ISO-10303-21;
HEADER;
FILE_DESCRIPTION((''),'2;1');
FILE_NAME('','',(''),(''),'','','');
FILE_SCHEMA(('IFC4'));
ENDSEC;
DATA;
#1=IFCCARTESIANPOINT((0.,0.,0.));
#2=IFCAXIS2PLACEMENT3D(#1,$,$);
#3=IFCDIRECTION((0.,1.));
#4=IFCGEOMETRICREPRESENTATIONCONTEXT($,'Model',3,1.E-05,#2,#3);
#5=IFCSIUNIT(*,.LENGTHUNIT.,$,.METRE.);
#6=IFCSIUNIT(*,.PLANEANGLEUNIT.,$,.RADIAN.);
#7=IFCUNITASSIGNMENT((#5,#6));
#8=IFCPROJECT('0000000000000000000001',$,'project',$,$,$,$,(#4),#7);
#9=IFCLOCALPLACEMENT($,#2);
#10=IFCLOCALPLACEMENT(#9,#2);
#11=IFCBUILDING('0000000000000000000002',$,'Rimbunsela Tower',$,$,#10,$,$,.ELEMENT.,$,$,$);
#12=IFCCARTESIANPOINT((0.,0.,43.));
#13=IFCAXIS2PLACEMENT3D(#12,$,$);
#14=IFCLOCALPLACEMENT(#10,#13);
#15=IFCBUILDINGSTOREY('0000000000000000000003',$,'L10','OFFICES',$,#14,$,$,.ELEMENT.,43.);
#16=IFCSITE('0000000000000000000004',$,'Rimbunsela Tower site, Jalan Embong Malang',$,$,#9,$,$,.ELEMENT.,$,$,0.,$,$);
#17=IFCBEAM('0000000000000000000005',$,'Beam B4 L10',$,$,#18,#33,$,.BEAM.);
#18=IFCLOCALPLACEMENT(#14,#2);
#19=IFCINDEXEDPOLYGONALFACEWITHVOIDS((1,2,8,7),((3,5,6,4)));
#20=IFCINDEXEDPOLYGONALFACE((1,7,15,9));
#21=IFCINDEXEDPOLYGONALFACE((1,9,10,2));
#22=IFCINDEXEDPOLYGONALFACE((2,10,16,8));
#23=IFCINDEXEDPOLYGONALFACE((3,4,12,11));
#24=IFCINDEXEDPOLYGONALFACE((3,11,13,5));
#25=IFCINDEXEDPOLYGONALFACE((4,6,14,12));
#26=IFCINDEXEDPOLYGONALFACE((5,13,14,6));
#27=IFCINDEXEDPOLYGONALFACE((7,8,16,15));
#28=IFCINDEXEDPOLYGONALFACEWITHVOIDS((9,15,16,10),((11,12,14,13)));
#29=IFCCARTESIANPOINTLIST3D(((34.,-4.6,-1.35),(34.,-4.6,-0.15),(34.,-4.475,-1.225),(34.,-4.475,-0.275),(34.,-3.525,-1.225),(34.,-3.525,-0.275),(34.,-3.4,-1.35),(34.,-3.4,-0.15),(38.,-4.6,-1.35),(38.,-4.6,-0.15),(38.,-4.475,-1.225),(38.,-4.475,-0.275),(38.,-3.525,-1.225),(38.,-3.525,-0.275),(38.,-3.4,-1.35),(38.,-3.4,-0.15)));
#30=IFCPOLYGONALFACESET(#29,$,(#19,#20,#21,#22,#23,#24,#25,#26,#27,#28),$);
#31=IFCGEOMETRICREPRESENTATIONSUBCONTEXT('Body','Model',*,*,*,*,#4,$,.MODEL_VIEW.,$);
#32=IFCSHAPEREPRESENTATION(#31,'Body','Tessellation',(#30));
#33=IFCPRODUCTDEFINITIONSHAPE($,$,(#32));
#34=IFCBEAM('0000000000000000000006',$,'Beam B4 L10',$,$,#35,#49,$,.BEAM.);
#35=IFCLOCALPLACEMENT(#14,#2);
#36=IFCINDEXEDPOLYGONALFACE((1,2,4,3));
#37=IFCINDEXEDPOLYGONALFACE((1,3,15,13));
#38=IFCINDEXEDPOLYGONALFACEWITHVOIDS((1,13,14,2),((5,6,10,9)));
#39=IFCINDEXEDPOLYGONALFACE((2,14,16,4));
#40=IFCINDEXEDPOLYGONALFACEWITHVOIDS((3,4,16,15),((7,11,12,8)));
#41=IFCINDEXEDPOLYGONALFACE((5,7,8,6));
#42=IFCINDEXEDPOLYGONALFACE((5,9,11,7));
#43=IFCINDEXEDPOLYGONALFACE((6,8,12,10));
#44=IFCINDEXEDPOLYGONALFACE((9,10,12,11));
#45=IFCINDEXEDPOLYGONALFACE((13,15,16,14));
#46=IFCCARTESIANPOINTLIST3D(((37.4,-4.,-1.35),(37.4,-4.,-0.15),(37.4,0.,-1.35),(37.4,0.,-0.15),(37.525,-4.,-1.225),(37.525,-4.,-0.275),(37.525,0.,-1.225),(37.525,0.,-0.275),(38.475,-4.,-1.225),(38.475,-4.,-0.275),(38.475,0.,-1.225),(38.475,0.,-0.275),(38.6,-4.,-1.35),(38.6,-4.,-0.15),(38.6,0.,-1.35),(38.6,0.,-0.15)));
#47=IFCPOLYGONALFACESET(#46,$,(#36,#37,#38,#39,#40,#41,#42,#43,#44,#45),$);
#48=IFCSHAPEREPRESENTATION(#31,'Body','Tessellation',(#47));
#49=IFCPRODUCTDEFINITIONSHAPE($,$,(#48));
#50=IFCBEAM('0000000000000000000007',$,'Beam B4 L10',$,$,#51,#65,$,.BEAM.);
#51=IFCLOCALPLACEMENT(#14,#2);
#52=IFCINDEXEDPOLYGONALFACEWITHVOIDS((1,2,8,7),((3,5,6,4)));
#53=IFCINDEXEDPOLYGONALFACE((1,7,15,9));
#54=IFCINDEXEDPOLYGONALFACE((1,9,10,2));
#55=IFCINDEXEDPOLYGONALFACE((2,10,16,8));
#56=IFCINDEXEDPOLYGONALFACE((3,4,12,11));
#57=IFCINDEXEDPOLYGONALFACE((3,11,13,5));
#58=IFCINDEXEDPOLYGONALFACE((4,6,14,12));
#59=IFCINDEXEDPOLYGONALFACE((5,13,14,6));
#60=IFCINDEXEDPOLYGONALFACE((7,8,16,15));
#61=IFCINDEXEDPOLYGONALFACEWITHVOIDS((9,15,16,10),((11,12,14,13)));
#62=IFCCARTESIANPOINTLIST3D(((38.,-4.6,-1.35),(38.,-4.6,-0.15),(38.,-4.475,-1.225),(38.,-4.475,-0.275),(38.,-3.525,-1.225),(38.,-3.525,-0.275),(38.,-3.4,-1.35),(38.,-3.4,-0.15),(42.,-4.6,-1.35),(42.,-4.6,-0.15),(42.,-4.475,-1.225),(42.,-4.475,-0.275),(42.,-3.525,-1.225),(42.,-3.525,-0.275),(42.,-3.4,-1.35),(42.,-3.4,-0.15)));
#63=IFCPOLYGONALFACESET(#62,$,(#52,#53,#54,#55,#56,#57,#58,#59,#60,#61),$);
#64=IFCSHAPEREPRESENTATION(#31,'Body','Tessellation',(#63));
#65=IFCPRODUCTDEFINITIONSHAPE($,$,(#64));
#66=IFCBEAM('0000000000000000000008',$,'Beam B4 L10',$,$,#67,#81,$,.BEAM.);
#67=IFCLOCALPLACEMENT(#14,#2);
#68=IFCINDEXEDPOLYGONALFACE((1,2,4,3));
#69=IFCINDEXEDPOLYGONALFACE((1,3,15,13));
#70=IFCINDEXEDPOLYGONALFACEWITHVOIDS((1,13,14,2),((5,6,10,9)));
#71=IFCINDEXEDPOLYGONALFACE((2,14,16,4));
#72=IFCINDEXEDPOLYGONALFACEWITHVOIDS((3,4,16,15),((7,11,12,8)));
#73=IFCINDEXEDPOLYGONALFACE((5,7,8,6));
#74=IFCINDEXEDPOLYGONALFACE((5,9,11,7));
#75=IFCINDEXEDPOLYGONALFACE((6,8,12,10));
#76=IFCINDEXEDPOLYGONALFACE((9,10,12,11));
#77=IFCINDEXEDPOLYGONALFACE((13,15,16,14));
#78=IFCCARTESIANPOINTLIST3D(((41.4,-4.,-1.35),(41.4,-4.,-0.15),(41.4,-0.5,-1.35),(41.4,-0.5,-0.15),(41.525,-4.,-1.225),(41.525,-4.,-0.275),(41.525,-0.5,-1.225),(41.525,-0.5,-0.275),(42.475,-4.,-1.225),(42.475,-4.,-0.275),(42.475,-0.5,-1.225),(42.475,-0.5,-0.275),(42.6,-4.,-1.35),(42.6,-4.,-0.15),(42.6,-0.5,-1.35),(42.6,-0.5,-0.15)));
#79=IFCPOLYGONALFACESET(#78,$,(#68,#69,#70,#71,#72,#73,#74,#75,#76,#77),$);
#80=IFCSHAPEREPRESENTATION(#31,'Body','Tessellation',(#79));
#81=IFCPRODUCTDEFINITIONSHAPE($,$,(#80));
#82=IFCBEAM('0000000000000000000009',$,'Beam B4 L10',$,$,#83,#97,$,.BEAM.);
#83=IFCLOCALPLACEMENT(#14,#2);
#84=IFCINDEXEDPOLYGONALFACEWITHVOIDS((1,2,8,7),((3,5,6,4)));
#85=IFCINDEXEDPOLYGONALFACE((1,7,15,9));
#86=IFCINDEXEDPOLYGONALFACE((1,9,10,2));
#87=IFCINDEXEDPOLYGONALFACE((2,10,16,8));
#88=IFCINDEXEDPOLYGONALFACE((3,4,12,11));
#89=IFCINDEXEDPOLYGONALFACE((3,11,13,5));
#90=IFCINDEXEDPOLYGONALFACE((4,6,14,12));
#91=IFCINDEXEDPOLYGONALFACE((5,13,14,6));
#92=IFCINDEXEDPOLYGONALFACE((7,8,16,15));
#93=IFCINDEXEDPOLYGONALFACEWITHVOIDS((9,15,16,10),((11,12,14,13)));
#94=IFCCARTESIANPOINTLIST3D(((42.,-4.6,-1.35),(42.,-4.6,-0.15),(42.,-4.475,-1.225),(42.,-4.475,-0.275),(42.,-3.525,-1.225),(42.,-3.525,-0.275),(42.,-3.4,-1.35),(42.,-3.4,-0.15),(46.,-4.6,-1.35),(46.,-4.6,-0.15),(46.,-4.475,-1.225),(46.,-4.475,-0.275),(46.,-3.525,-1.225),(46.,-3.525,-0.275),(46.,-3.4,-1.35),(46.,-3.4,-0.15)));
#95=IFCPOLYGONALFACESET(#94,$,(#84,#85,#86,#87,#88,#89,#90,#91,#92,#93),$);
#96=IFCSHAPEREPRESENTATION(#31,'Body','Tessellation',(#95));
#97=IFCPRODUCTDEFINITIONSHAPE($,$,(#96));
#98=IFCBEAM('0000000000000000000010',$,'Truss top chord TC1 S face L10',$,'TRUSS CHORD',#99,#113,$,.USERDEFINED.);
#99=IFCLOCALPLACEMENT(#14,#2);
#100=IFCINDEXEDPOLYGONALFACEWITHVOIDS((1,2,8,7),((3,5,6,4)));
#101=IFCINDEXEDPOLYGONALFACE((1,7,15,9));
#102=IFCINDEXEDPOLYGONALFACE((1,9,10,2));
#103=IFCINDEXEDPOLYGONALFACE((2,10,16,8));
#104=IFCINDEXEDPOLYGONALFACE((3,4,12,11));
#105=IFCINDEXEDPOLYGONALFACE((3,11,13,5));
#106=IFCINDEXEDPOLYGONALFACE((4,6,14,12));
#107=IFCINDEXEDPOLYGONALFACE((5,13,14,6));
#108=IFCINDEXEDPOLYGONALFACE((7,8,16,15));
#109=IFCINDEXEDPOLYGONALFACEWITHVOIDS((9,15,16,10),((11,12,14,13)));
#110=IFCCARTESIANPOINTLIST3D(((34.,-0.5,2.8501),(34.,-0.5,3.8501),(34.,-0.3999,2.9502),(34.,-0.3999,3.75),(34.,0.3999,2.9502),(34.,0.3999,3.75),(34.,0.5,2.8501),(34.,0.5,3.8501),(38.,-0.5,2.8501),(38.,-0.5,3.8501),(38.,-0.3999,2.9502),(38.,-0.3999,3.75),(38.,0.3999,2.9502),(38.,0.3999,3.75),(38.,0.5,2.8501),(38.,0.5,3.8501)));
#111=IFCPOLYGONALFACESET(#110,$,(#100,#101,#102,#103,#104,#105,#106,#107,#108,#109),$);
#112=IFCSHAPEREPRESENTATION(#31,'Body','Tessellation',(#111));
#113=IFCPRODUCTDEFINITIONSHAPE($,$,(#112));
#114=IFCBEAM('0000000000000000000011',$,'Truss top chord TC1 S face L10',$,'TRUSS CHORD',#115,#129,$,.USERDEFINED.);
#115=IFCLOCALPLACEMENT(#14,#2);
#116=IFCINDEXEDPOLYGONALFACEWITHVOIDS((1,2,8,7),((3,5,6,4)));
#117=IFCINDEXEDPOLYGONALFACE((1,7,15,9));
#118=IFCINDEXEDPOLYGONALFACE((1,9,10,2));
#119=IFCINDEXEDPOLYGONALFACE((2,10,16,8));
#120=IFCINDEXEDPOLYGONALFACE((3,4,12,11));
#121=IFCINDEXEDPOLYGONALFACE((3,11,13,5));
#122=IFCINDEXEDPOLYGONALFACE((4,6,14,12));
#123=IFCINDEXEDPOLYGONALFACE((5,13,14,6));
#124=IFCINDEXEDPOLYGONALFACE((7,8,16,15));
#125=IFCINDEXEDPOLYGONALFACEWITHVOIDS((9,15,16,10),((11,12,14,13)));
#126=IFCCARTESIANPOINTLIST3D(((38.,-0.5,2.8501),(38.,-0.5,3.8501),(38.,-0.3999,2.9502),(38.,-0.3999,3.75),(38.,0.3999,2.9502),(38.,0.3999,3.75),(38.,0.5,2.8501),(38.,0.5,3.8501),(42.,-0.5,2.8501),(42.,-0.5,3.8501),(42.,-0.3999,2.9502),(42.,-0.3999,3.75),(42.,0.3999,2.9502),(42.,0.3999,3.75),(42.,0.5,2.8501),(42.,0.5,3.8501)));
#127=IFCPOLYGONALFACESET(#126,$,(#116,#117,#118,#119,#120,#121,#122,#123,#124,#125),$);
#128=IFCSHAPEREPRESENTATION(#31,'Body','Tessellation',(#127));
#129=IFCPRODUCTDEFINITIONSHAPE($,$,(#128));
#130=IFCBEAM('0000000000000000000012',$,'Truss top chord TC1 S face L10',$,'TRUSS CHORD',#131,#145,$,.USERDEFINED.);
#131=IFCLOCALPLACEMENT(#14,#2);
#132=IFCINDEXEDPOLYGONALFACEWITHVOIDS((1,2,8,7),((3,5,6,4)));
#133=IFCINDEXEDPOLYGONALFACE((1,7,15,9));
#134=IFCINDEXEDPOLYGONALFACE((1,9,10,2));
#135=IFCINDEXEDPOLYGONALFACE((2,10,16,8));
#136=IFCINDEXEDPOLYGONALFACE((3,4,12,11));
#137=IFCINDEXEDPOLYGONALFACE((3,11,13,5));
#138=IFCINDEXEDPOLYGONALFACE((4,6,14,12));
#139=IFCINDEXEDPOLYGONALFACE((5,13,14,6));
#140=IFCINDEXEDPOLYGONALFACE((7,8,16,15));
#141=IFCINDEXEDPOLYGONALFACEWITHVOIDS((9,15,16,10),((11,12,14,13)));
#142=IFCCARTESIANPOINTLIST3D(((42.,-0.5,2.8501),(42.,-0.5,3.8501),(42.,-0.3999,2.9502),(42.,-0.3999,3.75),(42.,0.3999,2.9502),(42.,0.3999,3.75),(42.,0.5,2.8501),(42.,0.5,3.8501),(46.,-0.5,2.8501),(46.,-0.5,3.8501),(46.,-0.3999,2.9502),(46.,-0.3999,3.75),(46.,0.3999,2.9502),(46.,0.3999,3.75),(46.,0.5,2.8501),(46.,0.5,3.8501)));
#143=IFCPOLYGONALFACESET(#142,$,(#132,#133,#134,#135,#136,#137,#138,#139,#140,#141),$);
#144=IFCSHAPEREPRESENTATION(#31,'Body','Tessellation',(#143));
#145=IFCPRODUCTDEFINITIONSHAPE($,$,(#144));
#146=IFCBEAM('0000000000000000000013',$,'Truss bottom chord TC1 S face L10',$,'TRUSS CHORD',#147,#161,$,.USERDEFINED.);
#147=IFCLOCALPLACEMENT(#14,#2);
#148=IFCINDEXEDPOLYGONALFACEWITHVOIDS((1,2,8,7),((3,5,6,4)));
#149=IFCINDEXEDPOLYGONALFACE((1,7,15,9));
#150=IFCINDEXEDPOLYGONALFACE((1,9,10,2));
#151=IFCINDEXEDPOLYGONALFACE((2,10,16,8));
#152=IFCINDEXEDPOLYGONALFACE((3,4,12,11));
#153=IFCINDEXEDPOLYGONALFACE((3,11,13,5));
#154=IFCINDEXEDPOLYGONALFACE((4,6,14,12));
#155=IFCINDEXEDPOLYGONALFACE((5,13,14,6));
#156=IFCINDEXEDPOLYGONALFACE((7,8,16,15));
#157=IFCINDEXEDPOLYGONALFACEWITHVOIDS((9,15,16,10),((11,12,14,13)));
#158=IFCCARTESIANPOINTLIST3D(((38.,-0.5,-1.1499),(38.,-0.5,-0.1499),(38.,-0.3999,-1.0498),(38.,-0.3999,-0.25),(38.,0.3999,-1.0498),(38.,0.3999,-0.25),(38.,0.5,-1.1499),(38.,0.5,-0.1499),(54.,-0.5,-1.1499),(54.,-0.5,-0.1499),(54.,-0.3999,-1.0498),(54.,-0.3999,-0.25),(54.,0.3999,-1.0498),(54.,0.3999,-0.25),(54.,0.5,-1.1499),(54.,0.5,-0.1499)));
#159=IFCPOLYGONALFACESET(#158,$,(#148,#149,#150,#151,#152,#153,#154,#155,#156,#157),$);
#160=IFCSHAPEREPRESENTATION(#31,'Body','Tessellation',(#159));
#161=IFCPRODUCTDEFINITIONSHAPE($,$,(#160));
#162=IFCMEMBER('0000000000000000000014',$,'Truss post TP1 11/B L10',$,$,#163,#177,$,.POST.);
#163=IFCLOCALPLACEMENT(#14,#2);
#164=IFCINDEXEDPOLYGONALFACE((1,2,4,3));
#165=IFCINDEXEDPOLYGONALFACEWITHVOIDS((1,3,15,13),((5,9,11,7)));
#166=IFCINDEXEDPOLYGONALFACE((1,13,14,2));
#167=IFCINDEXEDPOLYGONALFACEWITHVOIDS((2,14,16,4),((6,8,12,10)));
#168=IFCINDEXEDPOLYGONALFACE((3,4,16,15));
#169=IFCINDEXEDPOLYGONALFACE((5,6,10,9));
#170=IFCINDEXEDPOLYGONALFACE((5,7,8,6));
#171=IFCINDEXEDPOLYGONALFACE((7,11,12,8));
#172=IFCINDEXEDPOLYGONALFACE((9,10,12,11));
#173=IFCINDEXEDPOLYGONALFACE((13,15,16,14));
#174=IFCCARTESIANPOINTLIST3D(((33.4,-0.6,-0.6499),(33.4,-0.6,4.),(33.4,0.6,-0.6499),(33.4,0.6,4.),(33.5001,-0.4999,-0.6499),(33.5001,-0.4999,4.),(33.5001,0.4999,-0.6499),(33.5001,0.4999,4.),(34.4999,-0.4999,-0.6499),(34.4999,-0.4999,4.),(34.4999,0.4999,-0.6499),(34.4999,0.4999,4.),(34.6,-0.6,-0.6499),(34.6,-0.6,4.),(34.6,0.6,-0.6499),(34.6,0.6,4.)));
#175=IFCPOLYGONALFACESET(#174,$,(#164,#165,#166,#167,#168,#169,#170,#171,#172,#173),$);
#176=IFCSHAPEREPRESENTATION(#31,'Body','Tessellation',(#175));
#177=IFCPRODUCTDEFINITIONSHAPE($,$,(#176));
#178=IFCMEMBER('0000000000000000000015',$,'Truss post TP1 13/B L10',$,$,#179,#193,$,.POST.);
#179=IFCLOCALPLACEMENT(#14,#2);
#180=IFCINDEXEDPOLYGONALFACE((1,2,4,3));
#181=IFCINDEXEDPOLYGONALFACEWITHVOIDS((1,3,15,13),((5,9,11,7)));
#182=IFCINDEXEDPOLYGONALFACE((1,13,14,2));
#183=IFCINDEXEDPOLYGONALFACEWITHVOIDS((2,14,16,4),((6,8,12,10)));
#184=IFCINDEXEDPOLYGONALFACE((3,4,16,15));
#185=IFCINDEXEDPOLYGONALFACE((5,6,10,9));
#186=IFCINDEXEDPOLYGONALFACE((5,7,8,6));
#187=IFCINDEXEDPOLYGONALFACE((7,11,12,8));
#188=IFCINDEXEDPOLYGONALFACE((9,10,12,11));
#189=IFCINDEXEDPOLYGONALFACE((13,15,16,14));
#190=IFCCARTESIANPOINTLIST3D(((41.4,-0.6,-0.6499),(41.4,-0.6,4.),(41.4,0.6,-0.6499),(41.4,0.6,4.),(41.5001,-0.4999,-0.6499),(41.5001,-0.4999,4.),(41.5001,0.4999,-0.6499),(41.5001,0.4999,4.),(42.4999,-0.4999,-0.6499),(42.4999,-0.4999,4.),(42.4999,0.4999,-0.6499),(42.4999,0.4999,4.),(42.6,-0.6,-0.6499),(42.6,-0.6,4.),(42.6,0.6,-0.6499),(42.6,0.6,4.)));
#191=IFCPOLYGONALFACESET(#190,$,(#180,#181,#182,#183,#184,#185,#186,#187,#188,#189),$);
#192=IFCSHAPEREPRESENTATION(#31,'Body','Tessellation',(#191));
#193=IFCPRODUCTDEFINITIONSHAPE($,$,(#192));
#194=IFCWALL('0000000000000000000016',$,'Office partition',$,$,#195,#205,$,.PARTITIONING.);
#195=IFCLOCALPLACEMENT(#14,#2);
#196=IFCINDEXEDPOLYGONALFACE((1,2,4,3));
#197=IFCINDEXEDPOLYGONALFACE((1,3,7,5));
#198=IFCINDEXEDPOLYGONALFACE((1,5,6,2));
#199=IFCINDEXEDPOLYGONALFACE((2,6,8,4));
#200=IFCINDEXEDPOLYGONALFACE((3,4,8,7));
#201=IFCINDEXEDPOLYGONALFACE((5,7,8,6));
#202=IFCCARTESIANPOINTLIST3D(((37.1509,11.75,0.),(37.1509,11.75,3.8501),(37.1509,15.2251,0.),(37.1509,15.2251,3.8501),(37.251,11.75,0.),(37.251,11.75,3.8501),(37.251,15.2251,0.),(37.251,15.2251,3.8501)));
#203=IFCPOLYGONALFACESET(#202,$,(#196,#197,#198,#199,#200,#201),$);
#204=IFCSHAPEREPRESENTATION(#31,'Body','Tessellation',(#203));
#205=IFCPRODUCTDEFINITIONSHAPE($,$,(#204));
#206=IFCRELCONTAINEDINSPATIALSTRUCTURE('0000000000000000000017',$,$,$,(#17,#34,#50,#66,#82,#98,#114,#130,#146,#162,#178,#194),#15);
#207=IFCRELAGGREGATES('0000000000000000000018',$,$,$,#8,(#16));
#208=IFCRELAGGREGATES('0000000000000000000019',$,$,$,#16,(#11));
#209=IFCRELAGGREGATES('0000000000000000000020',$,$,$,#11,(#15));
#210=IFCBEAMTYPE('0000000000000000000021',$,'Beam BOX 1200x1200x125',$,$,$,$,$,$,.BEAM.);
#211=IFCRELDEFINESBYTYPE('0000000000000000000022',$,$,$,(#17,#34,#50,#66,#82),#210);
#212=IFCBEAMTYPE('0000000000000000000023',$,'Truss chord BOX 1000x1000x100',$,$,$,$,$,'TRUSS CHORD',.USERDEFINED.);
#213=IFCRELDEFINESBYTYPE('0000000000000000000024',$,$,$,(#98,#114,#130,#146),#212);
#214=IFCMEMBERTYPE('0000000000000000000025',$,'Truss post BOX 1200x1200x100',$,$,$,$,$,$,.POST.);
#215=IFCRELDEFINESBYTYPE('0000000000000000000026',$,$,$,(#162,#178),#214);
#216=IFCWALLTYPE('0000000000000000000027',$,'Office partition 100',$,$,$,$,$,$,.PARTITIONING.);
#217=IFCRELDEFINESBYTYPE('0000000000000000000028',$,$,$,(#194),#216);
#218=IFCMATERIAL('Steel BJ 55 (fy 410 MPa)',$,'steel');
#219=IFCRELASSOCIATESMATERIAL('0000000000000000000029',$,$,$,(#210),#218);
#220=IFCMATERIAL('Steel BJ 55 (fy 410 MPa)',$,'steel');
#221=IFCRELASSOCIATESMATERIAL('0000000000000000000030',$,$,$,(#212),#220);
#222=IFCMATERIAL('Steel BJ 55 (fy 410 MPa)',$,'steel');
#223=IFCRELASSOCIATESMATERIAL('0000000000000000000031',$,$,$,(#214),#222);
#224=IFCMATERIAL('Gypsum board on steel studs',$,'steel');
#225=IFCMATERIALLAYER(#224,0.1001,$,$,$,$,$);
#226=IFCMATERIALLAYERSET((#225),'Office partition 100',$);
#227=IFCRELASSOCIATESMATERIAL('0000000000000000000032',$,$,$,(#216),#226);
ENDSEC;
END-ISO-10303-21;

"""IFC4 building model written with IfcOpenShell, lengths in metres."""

from ifc_helpers import new_model, si_unit, direction, frame, frame_2d, origin, origin_2d, place, context, subcontext, project, spatial, rectangle, hollow_rectangle, extrude, material, layer, layer_set, material_profile, profile_set, type_object, element, save


model = new_model("IFC4")

# Units and contexts
model_context = context("Model", 3, precision=1e-05, world=origin(), true_north=direction((0.0, 1.0)))
body_context = subcontext(model_context, "Body", "Model", "MODEL_VIEW")
ifc_project = project(units=[si_unit("LENGTHUNIT", "METRE"), si_unit("PLANEANGLEUNIT", "RADIAN")], contexts=[model_context])

# Site, building, storey
site_placement = place(None, origin())
site = spatial("IfcSite", under=ifc_project, at=site_placement, Name="Rimbunsela Tower site, Jalan Embong Malang", CompositionType="ELEMENT", RefElevation=0.0)
building_placement = place(site_placement, origin())
building = spatial("IfcBuilding", under=site, at=building_placement, Name="Rimbunsela Tower", CompositionType="ELEMENT")
storey_placement = place(building_placement, frame((0.0, 0.0, 43.0)))
storey = spatial("IfcBuildingStorey", under=building, at=storey_placement, Name="L10", Description="OFFICES", CompositionType="ELEMENT", Elevation=43.0)

# Beams
ifc_material_1 = material(Name="Steel BJ 55 (fy 410 MPa)", Category="steel")
ifc_material_profile_1 = material_profile(ifc_material_1, hollow_rectangle(XDim=1.2, YDim=1.2, WallThickness=0.125, at=origin_2d()), Name="BOX 1200x1200x125")
ifc_profile_set_1 = profile_set([ifc_material_profile_1], Name="Steel BJ 55 (fy 410 MPa)")
beam_type_1 = type_object("IfcBeamType", Name="Beam BOX 1200x1200x125", PredefinedType="BEAM", material=ifc_profile_set_1)
for number, where, z_axis, x_axis, name in (
    (1, (34.0, -4.0, -0.75), (1.0, 0.0, 0.0), (0.0, 1.0, 0.0), "Beam B4 L10"),
    (2, (38.0, -4.0, -0.75), (0.0, 1.0, 0.0), (-1.0, 0.0, 0.0), "Beam B4 L10"),
    (3, (38.0, -4.0, -0.75), (1.0, 0.0, 0.0), (0.0, 1.0, 0.0), "Beam B4 L10"),
):
    element("IfcBeam", number, at=place(storey_placement, frame(where, z_axis=z_axis, x_axis=x_axis)), inside=storey, type_object=beam_type_1, Name=name, PredefinedType="BEAM", context=body_context, shape_type="SweptSolid", body=[
        extrude(hollow_rectangle(XDim=1.2, YDim=1.2, WallThickness=0.125, at=origin_2d()), origin(), (0.0, 0.0, 1.0), 4.0),
    ])
beam_1_placement = place(storey_placement, frame((42.0, -4.0, -0.75), z_axis=(0.0, 1.0, 0.0), x_axis=(-1.0, 0.0, 0.0)))
element("IfcBeam", 4, at=beam_1_placement, inside=storey, type_object=beam_type_1, Name="Beam B4 L10", PredefinedType="BEAM", context=body_context, shape_type="SweptSolid", body=[
    extrude(hollow_rectangle(XDim=1.2, YDim=1.2, WallThickness=0.125, at=origin_2d()), origin(), (0.0, 0.0, 1.0), 3.5),
])
beam_2_placement = place(storey_placement, frame((42.0, -4.0, -0.75), z_axis=(1.0, 0.0, 0.0), x_axis=(0.0, 1.0, 0.0)))
element("IfcBeam", 5, at=beam_2_placement, inside=storey, type_object=beam_type_1, Name="Beam B4 L10", PredefinedType="BEAM", context=body_context, shape_type="SweptSolid", body=[
    extrude(hollow_rectangle(XDim=1.2, YDim=1.2, WallThickness=0.125, at=origin_2d()), origin(), (0.0, 0.0, 1.0), 4.0),
])
ifc_material_2 = material(Name="Steel BJ 55 (fy 410 MPa)", Category="steel")
ifc_material_profile_2 = material_profile(ifc_material_2, hollow_rectangle(XDim=1.0, YDim=1.0, WallThickness=0.1001, at=origin_2d()), Name="BOX 1000x1000x100")
ifc_profile_set_2 = profile_set([ifc_material_profile_2], Name="Steel BJ 55 (fy 410 MPa)")
beam_type_2 = type_object("IfcBeamType", Name="Truss chord BOX 1000x1000x100", ElementType="TRUSS CHORD", PredefinedType="USERDEFINED", material=ifc_profile_set_2)
for number, where, z_axis, x_axis, name in (
    (6, (34.0, 0.0, 3.3501), (1.0, 0.0, 0.0), (0.0, 1.0, 0.0), "Truss top chord TC1 S face L10"),
    (7, (38.0, 0.0, 3.3501), (1.0, 0.0, 0.0), (0.0, 1.0, 0.0), "Truss top chord TC1 S face L10"),
    (8, (42.0, 0.0, 3.3501), (1.0, 0.0, 0.0), (0.0, 1.0, 0.0), "Truss top chord TC1 S face L10"),
):
    element("IfcBeam", number, at=place(storey_placement, frame(where, z_axis=z_axis, x_axis=x_axis)), inside=storey, type_object=beam_type_2, Name=name, ObjectType="TRUSS CHORD", PredefinedType="USERDEFINED", context=body_context, shape_type="SweptSolid", body=[
        extrude(hollow_rectangle(XDim=1.0, YDim=1.0, WallThickness=0.1001, at=origin_2d()), origin(), (0.0, 0.0, 1.0), 4.0),
    ])
beam_3_placement = place(storey_placement, frame((38.0, 0.0, -0.6499), z_axis=(1.0, 0.0, 0.0), x_axis=(0.0, 1.0, 0.0)))
element("IfcBeam", 9, at=beam_3_placement, inside=storey, type_object=beam_type_2, Name="Truss bottom chord TC1 S face L10", ObjectType="TRUSS CHORD", PredefinedType="USERDEFINED", context=body_context, shape_type="SweptSolid", body=[
    extrude(hollow_rectangle(XDim=1.0, YDim=1.0, WallThickness=0.1001, at=origin_2d()), origin(), (0.0, 0.0, 1.0), 16.0),
])

# Members
ifc_material_3 = material(Name="Steel BJ 55 (fy 410 MPa)", Category="steel")
ifc_material_profile_3 = material_profile(ifc_material_3, hollow_rectangle(XDim=1.2, YDim=1.2, WallThickness=0.1001, at=origin_2d()), Name="BOX 1200x1200x100")
ifc_profile_set_3 = profile_set([ifc_material_profile_3], Name="Steel BJ 55 (fy 410 MPa)")
member_type = type_object("IfcMemberType", Name="Truss post BOX 1200x1200x100", PredefinedType="POST", material=ifc_profile_set_3)
for number, where, z_axis, x_axis, name in (
    (10, (34.0, 0.0, -0.6499), (0.0, 0.0, 1.0), (1.0, 0.0, 0.0), "Truss post TP1 11/B L10"),
    (11, (42.0, 0.0, -0.6499), (0.0, 0.0, 1.0), (1.0, 0.0, 0.0), "Truss post TP1 13/B L10"),
):
    element("IfcMember", number, at=place(storey_placement, frame(where, z_axis=z_axis, x_axis=x_axis)), inside=storey, type_object=member_type, Name=name, PredefinedType="POST", context=body_context, shape_type="SweptSolid", body=[
        extrude(hollow_rectangle(XDim=1.2, YDim=1.2, WallThickness=0.1001, at=origin_2d()), origin(), (0.0, 0.0, 1.0), 4.6499),
    ])

# Wall
ifc_material_4 = material(Name="Gypsum board on steel studs", Category="steel")
ifc_layer = layer(ifc_material_4, 0.1001)
ifc_layer_set = layer_set([ifc_layer], Name="Office partition 100")
wall_type = type_object("IfcWallType", Name="Office partition 100", PredefinedType="PARTITIONING", material=ifc_layer_set)
for number, where, z_axis, x_axis, name in (
    (12, (37.2009, 11.75, 0.0), (0.0, 0.0, 1.0), (0.0, 1.0, 0.0), "Office partition"),
):
    element("IfcWall", number, at=place(storey_placement, frame(where, z_axis=z_axis, x_axis=x_axis)), inside=storey, type_object=wall_type, Name=name, PredefinedType="PARTITIONING", context=body_context, shape_type="SweptSolid", body=[
        extrude(rectangle(XDim=3.4751, YDim=0.1001, at=frame_2d((1.7375, 0.0))), origin(), (0.0, 0.0, 1.0), 3.8501),
    ])

save(model, "model.ifc")
